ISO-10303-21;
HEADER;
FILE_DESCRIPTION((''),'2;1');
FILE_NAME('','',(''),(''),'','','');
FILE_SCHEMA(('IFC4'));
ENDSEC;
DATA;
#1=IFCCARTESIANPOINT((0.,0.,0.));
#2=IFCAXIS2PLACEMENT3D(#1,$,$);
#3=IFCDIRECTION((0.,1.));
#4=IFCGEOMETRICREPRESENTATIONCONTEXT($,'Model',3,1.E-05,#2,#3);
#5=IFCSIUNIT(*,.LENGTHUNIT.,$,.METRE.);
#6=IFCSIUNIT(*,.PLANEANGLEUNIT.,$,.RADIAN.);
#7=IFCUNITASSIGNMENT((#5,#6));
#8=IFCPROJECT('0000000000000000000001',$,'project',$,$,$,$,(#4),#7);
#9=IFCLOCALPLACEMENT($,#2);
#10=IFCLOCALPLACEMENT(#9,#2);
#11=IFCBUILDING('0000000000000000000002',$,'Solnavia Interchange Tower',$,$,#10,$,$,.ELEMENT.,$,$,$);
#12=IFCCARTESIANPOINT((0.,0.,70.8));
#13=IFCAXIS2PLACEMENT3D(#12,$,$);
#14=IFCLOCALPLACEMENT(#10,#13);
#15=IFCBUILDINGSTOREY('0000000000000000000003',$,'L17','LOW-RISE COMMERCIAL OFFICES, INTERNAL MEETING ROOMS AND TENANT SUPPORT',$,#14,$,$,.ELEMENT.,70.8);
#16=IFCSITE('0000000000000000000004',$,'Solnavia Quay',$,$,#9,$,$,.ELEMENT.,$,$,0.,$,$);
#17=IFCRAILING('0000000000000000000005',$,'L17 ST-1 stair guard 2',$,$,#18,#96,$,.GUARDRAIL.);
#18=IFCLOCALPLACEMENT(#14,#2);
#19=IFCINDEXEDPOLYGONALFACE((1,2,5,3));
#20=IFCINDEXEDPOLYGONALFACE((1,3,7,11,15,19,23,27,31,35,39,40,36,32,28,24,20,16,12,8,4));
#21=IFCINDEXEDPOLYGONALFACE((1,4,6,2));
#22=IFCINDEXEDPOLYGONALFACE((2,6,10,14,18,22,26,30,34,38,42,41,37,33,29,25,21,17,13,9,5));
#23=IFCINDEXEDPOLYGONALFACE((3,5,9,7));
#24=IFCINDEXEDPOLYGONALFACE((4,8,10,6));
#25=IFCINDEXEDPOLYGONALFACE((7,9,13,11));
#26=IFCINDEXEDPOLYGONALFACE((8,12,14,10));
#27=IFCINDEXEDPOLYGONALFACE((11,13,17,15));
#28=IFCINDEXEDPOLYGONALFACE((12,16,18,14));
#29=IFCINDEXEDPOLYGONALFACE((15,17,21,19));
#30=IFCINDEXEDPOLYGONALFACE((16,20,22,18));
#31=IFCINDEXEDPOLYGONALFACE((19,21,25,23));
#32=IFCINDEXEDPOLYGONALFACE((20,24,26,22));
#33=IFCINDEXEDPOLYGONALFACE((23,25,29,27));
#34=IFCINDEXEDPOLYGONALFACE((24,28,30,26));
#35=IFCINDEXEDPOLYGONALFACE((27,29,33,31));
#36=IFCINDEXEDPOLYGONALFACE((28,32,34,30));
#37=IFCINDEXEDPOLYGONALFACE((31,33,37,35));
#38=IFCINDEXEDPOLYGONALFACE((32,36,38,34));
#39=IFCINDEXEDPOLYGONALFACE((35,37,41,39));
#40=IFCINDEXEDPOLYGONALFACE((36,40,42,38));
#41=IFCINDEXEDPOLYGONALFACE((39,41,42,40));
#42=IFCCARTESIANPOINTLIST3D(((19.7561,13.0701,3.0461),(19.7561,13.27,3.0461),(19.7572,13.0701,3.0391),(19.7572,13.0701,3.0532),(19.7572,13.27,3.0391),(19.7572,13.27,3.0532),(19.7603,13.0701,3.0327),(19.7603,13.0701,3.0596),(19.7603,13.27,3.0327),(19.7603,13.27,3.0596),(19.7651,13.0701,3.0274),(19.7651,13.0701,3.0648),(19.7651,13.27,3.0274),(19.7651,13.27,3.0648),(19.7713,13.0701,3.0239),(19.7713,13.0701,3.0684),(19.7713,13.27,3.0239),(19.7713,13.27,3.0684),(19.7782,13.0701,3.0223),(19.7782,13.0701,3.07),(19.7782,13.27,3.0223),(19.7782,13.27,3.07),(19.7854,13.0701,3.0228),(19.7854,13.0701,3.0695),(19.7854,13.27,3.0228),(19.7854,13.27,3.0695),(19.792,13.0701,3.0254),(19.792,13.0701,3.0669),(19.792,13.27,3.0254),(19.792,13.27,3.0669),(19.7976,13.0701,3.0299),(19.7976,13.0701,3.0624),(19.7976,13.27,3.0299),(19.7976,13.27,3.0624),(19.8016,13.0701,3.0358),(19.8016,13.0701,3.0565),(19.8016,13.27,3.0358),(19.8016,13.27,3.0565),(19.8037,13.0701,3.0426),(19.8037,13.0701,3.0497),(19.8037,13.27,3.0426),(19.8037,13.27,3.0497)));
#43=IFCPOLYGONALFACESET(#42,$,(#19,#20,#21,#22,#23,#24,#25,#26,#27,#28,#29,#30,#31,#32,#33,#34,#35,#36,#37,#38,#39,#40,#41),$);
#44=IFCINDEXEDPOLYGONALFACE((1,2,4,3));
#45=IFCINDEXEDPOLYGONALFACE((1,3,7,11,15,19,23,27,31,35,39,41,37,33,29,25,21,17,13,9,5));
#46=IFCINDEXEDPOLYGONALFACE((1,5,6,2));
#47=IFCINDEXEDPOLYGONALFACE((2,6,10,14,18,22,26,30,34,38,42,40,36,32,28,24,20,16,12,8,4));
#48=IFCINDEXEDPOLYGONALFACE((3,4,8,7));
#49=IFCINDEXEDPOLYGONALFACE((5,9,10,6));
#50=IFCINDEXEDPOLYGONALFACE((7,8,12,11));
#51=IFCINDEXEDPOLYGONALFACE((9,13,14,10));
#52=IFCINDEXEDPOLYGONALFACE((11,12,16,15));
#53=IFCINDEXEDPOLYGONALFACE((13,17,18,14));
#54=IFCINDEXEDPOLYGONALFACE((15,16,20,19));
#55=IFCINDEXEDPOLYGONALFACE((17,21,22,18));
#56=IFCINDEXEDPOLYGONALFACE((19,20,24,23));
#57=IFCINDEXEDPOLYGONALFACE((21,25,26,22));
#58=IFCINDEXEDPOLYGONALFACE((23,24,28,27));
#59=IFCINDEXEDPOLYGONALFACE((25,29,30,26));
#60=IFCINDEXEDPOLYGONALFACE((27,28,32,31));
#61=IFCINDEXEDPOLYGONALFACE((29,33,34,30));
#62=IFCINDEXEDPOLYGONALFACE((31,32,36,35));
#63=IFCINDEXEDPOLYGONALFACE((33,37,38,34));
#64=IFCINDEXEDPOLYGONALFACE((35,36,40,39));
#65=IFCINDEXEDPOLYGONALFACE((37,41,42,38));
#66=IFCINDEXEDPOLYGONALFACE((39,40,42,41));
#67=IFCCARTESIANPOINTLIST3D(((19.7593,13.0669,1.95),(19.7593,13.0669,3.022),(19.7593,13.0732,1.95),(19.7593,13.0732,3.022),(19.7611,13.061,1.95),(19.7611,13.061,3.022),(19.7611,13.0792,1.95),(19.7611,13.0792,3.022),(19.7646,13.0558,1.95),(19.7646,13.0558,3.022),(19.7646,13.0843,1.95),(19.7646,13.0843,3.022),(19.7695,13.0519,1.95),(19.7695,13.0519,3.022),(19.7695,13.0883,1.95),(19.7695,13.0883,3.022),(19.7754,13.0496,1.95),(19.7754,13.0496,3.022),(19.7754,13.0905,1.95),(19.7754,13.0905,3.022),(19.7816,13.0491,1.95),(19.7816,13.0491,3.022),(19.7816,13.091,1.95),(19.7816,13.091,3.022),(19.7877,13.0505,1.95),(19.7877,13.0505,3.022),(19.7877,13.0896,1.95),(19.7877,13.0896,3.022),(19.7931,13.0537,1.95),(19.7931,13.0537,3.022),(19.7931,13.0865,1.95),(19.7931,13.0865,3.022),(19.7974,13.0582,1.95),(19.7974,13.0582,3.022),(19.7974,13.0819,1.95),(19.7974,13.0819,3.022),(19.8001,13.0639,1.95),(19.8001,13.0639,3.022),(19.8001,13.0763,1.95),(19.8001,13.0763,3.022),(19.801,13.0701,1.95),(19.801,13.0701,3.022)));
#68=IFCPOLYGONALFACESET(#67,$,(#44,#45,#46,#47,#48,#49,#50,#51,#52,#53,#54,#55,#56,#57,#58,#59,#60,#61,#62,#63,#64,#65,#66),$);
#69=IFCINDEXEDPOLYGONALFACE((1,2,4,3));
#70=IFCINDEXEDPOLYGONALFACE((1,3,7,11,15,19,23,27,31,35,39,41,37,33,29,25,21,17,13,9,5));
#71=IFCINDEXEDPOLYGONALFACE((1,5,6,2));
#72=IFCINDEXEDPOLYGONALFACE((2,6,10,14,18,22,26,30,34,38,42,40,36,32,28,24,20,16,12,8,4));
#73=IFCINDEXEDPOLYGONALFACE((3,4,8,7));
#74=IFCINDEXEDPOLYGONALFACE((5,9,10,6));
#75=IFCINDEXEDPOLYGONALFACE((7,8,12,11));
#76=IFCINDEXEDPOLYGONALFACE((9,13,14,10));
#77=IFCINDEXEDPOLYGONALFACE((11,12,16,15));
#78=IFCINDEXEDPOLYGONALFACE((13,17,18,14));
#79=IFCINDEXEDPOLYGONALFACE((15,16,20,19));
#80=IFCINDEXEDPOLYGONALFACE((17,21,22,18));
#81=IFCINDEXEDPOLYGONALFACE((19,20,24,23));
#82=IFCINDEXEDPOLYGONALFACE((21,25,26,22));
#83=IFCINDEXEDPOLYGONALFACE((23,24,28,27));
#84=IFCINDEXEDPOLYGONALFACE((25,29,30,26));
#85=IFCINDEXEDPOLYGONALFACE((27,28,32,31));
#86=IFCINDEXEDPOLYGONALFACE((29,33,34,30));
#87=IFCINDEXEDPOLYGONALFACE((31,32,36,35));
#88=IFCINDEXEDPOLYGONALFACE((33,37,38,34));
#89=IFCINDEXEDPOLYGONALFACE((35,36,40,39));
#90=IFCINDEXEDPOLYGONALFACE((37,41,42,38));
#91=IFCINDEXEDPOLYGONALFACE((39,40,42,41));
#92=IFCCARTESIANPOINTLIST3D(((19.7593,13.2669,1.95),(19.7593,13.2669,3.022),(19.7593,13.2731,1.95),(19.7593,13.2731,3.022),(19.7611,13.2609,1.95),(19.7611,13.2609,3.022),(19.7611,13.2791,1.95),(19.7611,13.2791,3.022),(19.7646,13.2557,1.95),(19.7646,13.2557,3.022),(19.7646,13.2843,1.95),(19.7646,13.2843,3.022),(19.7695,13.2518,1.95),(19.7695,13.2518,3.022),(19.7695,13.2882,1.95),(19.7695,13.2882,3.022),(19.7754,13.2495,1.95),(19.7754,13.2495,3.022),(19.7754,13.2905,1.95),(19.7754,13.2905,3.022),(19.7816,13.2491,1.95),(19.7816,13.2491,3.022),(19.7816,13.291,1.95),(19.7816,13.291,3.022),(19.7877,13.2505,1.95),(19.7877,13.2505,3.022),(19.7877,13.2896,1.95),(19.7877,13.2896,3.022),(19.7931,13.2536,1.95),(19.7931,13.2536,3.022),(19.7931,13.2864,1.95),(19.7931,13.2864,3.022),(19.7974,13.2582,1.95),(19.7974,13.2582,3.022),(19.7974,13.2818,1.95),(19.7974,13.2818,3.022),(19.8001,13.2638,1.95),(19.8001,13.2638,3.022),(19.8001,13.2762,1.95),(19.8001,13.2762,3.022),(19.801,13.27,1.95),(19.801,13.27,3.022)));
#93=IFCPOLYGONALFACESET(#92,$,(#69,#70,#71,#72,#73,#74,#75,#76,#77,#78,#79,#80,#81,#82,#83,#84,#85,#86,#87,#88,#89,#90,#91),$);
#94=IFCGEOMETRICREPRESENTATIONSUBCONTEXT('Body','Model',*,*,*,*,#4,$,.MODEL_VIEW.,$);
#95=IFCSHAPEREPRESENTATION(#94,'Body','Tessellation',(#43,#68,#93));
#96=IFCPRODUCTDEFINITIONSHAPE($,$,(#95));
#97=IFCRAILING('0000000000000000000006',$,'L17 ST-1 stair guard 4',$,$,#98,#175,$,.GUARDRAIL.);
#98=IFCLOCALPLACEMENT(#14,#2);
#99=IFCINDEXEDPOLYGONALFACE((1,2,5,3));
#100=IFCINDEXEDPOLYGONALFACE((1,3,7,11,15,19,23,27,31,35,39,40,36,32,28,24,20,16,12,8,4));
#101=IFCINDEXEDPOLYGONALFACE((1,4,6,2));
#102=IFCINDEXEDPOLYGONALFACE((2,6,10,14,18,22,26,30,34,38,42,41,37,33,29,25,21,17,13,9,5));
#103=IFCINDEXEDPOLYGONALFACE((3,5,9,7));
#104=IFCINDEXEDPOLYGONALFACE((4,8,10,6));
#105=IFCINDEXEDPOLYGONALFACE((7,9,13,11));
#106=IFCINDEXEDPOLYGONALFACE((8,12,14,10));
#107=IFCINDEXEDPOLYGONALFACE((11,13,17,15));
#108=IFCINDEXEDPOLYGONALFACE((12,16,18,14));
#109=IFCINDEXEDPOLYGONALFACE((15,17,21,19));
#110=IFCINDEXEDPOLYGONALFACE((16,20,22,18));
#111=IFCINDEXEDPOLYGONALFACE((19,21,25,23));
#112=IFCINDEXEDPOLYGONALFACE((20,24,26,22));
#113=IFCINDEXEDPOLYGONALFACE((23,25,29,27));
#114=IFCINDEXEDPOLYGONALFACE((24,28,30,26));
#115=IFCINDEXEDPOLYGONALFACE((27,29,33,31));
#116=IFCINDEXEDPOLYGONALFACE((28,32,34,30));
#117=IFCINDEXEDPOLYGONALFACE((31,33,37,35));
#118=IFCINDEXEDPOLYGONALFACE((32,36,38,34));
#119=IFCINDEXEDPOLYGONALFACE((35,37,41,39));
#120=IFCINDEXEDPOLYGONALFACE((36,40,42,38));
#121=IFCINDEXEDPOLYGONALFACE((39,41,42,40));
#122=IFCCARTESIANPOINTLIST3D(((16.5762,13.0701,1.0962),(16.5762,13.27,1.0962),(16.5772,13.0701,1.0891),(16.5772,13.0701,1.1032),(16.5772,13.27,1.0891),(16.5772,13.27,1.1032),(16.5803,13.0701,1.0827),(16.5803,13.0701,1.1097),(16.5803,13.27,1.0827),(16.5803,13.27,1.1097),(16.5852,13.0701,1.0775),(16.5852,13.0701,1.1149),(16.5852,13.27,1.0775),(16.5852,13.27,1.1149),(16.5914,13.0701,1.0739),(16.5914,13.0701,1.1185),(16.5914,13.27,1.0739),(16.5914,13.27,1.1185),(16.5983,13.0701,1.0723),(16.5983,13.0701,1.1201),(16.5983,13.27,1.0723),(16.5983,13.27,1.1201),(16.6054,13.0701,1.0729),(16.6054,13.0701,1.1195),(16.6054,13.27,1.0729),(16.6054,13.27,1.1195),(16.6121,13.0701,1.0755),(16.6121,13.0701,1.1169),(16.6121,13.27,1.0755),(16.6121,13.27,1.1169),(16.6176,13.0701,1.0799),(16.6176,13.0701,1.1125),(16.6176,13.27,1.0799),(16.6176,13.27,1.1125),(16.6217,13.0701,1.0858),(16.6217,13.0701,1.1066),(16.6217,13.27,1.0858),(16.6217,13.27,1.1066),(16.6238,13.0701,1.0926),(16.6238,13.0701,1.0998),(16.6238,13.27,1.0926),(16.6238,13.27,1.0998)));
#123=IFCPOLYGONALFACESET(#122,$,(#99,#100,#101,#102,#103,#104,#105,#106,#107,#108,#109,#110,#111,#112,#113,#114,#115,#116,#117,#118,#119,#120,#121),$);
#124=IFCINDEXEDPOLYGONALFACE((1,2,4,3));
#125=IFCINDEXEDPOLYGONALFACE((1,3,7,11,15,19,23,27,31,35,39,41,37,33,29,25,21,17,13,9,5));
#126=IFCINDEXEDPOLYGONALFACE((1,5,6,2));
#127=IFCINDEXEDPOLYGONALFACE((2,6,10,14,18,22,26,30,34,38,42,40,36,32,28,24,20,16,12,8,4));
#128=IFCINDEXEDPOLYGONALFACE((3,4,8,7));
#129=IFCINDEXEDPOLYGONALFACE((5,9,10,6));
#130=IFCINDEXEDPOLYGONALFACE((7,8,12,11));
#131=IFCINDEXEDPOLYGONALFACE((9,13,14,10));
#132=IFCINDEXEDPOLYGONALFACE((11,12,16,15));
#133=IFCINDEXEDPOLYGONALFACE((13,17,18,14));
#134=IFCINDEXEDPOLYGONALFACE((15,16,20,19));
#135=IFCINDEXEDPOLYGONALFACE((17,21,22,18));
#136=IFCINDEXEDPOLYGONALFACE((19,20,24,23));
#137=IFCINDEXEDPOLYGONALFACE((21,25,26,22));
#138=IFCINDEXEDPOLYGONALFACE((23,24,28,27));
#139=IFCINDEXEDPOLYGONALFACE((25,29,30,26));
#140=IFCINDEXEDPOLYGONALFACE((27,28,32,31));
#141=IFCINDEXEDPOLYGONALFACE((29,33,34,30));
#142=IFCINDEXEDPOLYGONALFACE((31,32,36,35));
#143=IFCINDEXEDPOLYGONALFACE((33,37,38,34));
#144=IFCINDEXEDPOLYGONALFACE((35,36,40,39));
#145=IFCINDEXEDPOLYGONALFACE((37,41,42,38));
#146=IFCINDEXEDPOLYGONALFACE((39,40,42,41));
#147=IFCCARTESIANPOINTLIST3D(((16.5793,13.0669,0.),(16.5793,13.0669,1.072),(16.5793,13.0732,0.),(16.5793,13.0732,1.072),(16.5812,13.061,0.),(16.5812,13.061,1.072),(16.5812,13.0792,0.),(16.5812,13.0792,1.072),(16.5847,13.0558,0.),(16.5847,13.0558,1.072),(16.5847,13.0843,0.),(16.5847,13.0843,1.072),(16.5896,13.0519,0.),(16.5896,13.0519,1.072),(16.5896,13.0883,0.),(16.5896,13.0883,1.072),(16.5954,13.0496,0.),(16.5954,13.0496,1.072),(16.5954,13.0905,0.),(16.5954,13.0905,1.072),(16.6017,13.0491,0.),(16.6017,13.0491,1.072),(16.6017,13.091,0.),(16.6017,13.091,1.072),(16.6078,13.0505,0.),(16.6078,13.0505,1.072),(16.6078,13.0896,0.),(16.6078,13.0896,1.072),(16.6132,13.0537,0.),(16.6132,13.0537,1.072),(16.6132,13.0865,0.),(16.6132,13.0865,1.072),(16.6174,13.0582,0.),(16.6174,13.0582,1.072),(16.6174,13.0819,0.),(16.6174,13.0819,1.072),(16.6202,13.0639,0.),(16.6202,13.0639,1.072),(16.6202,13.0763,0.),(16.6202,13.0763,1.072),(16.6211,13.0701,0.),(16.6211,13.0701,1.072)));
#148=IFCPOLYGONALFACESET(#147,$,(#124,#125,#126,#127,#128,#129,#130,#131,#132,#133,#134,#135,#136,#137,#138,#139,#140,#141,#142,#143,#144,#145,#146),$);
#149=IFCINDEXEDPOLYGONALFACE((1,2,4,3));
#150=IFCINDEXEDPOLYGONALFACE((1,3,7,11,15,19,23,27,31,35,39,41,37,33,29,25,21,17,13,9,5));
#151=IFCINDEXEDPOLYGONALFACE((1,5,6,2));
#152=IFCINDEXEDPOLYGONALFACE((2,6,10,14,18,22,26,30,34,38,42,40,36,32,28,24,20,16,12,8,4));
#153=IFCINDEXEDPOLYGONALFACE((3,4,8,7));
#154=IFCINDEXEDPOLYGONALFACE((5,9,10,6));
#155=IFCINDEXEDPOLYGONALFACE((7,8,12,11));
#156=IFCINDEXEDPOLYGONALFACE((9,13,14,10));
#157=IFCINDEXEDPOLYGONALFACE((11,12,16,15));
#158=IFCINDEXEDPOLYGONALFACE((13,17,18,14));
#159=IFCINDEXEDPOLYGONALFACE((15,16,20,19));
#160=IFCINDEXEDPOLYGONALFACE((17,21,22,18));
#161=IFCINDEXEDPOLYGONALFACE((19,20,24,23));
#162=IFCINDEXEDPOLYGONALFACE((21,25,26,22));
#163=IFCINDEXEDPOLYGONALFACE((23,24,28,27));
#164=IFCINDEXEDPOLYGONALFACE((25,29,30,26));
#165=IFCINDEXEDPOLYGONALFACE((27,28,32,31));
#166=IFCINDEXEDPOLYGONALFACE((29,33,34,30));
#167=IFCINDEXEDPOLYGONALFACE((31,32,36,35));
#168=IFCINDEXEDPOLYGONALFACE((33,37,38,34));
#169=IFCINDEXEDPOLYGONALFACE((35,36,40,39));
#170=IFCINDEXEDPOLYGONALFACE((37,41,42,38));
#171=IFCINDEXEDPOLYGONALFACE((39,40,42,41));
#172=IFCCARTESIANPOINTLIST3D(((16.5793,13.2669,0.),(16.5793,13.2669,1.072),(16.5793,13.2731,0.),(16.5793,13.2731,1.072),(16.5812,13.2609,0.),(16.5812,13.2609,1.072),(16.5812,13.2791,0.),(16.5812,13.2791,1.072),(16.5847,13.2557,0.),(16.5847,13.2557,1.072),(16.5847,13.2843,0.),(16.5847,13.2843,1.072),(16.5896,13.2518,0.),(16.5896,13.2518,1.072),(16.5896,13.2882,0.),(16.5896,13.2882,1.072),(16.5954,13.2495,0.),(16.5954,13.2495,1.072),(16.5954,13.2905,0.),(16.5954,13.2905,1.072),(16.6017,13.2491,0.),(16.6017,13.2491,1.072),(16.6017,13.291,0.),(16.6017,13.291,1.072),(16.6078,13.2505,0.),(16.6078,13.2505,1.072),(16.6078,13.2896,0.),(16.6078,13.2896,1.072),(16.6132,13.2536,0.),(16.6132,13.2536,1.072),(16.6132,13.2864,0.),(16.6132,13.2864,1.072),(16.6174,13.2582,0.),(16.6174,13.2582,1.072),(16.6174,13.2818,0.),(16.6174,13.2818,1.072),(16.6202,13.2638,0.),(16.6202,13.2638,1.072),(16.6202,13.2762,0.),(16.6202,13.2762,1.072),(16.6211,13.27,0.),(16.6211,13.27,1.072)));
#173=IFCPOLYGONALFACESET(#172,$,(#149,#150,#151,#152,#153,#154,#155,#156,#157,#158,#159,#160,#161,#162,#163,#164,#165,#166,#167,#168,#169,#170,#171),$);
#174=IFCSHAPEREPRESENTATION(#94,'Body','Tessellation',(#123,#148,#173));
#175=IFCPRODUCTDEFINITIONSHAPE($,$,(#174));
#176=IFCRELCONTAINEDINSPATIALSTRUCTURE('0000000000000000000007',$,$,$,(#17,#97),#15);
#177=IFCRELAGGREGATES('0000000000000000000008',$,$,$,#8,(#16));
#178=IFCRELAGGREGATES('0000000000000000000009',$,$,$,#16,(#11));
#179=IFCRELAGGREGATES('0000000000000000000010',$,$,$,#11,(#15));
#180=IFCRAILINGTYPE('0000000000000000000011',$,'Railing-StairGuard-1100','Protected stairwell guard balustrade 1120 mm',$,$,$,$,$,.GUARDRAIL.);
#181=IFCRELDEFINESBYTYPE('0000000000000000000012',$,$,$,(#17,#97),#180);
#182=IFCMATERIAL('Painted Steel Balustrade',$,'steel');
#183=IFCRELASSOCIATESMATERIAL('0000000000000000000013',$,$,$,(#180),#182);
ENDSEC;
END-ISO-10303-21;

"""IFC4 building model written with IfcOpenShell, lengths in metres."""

from ifc_helpers import new_model, si_unit, direction, frame, origin, origin_2d, place, context, subcontext, project, spatial, circle, extrude, material, type_object, element, save


model = new_model("IFC4")

# Units and contexts
model_context = context("Model", 3, precision=1e-05, world=origin(), true_north=direction((0.0, 1.0)))
body_context = subcontext(model_context, "Body", "Model", "MODEL_VIEW")
ifc_project = project(units=[si_unit("LENGTHUNIT", "METRE"), si_unit("PLANEANGLEUNIT", "RADIAN")], contexts=[model_context])

# Site, building, storey
site_placement = place(None, origin())
site = spatial("IfcSite", under=ifc_project, at=site_placement, Name="Solnavia Quay", CompositionType="ELEMENT", RefElevation=0.0)
building_placement = place(site_placement, origin())
building = spatial("IfcBuilding", under=site, at=building_placement, Name="Solnavia Interchange Tower", CompositionType="ELEMENT")
storey_placement = place(building_placement, frame((0.0, 0.0, 70.8)))
storey = spatial("IfcBuildingStorey", under=building, at=storey_placement, Name="L17", Description="LOW-RISE COMMERCIAL OFFICES, INTERNAL MEETING ROOMS AND TENANT SUPPORT", CompositionType="ELEMENT", Elevation=70.8)

# Railings
ifc_material_1 = material(Name="Painted Steel Balustrade", Category="steel")
railing_type_1 = type_object("IfcRailingType", Name="Railing-StairGuard-1100", Description="Protected stairwell guard balustrade 1120 mm", PredefinedType="GUARDRAIL", material=ifc_material_1)
for number, where, name in (
    (1, (19.78, 13.0701, 1.95), "L17 ST-1 stair guard 2"),
    (2, (16.6001, 13.0701, 0.0), "L17 ST-1 stair guard 4"),
):
    element("IfcRailing", number, at=place(storey_placement, frame(where)), inside=storey, type_object=railing_type_1, Name=name, PredefinedType="GUARDRAIL", context=body_context, shape_type="SweptSolid", body=[
        extrude(circle(Radius=0.0239, at=origin_2d()), frame((0.0, 0.0, 1.0962), z_axis=(0.0, 1.0, 0.0), x_axis=(-1.0, 0.0, 0.0)), (0.0, 0.0, 1.0), 0.2),
        extrude(circle(Radius=0.021, at=origin_2d()), origin(), (0.0, 0.0, 1.0), 1.072),
        extrude(circle(Radius=0.021, at=origin_2d()), frame((0.0, 0.2, 0.0)), (0.0, 0.0, 1.0), 1.072),
    ])

save(model, "model.ifc")
